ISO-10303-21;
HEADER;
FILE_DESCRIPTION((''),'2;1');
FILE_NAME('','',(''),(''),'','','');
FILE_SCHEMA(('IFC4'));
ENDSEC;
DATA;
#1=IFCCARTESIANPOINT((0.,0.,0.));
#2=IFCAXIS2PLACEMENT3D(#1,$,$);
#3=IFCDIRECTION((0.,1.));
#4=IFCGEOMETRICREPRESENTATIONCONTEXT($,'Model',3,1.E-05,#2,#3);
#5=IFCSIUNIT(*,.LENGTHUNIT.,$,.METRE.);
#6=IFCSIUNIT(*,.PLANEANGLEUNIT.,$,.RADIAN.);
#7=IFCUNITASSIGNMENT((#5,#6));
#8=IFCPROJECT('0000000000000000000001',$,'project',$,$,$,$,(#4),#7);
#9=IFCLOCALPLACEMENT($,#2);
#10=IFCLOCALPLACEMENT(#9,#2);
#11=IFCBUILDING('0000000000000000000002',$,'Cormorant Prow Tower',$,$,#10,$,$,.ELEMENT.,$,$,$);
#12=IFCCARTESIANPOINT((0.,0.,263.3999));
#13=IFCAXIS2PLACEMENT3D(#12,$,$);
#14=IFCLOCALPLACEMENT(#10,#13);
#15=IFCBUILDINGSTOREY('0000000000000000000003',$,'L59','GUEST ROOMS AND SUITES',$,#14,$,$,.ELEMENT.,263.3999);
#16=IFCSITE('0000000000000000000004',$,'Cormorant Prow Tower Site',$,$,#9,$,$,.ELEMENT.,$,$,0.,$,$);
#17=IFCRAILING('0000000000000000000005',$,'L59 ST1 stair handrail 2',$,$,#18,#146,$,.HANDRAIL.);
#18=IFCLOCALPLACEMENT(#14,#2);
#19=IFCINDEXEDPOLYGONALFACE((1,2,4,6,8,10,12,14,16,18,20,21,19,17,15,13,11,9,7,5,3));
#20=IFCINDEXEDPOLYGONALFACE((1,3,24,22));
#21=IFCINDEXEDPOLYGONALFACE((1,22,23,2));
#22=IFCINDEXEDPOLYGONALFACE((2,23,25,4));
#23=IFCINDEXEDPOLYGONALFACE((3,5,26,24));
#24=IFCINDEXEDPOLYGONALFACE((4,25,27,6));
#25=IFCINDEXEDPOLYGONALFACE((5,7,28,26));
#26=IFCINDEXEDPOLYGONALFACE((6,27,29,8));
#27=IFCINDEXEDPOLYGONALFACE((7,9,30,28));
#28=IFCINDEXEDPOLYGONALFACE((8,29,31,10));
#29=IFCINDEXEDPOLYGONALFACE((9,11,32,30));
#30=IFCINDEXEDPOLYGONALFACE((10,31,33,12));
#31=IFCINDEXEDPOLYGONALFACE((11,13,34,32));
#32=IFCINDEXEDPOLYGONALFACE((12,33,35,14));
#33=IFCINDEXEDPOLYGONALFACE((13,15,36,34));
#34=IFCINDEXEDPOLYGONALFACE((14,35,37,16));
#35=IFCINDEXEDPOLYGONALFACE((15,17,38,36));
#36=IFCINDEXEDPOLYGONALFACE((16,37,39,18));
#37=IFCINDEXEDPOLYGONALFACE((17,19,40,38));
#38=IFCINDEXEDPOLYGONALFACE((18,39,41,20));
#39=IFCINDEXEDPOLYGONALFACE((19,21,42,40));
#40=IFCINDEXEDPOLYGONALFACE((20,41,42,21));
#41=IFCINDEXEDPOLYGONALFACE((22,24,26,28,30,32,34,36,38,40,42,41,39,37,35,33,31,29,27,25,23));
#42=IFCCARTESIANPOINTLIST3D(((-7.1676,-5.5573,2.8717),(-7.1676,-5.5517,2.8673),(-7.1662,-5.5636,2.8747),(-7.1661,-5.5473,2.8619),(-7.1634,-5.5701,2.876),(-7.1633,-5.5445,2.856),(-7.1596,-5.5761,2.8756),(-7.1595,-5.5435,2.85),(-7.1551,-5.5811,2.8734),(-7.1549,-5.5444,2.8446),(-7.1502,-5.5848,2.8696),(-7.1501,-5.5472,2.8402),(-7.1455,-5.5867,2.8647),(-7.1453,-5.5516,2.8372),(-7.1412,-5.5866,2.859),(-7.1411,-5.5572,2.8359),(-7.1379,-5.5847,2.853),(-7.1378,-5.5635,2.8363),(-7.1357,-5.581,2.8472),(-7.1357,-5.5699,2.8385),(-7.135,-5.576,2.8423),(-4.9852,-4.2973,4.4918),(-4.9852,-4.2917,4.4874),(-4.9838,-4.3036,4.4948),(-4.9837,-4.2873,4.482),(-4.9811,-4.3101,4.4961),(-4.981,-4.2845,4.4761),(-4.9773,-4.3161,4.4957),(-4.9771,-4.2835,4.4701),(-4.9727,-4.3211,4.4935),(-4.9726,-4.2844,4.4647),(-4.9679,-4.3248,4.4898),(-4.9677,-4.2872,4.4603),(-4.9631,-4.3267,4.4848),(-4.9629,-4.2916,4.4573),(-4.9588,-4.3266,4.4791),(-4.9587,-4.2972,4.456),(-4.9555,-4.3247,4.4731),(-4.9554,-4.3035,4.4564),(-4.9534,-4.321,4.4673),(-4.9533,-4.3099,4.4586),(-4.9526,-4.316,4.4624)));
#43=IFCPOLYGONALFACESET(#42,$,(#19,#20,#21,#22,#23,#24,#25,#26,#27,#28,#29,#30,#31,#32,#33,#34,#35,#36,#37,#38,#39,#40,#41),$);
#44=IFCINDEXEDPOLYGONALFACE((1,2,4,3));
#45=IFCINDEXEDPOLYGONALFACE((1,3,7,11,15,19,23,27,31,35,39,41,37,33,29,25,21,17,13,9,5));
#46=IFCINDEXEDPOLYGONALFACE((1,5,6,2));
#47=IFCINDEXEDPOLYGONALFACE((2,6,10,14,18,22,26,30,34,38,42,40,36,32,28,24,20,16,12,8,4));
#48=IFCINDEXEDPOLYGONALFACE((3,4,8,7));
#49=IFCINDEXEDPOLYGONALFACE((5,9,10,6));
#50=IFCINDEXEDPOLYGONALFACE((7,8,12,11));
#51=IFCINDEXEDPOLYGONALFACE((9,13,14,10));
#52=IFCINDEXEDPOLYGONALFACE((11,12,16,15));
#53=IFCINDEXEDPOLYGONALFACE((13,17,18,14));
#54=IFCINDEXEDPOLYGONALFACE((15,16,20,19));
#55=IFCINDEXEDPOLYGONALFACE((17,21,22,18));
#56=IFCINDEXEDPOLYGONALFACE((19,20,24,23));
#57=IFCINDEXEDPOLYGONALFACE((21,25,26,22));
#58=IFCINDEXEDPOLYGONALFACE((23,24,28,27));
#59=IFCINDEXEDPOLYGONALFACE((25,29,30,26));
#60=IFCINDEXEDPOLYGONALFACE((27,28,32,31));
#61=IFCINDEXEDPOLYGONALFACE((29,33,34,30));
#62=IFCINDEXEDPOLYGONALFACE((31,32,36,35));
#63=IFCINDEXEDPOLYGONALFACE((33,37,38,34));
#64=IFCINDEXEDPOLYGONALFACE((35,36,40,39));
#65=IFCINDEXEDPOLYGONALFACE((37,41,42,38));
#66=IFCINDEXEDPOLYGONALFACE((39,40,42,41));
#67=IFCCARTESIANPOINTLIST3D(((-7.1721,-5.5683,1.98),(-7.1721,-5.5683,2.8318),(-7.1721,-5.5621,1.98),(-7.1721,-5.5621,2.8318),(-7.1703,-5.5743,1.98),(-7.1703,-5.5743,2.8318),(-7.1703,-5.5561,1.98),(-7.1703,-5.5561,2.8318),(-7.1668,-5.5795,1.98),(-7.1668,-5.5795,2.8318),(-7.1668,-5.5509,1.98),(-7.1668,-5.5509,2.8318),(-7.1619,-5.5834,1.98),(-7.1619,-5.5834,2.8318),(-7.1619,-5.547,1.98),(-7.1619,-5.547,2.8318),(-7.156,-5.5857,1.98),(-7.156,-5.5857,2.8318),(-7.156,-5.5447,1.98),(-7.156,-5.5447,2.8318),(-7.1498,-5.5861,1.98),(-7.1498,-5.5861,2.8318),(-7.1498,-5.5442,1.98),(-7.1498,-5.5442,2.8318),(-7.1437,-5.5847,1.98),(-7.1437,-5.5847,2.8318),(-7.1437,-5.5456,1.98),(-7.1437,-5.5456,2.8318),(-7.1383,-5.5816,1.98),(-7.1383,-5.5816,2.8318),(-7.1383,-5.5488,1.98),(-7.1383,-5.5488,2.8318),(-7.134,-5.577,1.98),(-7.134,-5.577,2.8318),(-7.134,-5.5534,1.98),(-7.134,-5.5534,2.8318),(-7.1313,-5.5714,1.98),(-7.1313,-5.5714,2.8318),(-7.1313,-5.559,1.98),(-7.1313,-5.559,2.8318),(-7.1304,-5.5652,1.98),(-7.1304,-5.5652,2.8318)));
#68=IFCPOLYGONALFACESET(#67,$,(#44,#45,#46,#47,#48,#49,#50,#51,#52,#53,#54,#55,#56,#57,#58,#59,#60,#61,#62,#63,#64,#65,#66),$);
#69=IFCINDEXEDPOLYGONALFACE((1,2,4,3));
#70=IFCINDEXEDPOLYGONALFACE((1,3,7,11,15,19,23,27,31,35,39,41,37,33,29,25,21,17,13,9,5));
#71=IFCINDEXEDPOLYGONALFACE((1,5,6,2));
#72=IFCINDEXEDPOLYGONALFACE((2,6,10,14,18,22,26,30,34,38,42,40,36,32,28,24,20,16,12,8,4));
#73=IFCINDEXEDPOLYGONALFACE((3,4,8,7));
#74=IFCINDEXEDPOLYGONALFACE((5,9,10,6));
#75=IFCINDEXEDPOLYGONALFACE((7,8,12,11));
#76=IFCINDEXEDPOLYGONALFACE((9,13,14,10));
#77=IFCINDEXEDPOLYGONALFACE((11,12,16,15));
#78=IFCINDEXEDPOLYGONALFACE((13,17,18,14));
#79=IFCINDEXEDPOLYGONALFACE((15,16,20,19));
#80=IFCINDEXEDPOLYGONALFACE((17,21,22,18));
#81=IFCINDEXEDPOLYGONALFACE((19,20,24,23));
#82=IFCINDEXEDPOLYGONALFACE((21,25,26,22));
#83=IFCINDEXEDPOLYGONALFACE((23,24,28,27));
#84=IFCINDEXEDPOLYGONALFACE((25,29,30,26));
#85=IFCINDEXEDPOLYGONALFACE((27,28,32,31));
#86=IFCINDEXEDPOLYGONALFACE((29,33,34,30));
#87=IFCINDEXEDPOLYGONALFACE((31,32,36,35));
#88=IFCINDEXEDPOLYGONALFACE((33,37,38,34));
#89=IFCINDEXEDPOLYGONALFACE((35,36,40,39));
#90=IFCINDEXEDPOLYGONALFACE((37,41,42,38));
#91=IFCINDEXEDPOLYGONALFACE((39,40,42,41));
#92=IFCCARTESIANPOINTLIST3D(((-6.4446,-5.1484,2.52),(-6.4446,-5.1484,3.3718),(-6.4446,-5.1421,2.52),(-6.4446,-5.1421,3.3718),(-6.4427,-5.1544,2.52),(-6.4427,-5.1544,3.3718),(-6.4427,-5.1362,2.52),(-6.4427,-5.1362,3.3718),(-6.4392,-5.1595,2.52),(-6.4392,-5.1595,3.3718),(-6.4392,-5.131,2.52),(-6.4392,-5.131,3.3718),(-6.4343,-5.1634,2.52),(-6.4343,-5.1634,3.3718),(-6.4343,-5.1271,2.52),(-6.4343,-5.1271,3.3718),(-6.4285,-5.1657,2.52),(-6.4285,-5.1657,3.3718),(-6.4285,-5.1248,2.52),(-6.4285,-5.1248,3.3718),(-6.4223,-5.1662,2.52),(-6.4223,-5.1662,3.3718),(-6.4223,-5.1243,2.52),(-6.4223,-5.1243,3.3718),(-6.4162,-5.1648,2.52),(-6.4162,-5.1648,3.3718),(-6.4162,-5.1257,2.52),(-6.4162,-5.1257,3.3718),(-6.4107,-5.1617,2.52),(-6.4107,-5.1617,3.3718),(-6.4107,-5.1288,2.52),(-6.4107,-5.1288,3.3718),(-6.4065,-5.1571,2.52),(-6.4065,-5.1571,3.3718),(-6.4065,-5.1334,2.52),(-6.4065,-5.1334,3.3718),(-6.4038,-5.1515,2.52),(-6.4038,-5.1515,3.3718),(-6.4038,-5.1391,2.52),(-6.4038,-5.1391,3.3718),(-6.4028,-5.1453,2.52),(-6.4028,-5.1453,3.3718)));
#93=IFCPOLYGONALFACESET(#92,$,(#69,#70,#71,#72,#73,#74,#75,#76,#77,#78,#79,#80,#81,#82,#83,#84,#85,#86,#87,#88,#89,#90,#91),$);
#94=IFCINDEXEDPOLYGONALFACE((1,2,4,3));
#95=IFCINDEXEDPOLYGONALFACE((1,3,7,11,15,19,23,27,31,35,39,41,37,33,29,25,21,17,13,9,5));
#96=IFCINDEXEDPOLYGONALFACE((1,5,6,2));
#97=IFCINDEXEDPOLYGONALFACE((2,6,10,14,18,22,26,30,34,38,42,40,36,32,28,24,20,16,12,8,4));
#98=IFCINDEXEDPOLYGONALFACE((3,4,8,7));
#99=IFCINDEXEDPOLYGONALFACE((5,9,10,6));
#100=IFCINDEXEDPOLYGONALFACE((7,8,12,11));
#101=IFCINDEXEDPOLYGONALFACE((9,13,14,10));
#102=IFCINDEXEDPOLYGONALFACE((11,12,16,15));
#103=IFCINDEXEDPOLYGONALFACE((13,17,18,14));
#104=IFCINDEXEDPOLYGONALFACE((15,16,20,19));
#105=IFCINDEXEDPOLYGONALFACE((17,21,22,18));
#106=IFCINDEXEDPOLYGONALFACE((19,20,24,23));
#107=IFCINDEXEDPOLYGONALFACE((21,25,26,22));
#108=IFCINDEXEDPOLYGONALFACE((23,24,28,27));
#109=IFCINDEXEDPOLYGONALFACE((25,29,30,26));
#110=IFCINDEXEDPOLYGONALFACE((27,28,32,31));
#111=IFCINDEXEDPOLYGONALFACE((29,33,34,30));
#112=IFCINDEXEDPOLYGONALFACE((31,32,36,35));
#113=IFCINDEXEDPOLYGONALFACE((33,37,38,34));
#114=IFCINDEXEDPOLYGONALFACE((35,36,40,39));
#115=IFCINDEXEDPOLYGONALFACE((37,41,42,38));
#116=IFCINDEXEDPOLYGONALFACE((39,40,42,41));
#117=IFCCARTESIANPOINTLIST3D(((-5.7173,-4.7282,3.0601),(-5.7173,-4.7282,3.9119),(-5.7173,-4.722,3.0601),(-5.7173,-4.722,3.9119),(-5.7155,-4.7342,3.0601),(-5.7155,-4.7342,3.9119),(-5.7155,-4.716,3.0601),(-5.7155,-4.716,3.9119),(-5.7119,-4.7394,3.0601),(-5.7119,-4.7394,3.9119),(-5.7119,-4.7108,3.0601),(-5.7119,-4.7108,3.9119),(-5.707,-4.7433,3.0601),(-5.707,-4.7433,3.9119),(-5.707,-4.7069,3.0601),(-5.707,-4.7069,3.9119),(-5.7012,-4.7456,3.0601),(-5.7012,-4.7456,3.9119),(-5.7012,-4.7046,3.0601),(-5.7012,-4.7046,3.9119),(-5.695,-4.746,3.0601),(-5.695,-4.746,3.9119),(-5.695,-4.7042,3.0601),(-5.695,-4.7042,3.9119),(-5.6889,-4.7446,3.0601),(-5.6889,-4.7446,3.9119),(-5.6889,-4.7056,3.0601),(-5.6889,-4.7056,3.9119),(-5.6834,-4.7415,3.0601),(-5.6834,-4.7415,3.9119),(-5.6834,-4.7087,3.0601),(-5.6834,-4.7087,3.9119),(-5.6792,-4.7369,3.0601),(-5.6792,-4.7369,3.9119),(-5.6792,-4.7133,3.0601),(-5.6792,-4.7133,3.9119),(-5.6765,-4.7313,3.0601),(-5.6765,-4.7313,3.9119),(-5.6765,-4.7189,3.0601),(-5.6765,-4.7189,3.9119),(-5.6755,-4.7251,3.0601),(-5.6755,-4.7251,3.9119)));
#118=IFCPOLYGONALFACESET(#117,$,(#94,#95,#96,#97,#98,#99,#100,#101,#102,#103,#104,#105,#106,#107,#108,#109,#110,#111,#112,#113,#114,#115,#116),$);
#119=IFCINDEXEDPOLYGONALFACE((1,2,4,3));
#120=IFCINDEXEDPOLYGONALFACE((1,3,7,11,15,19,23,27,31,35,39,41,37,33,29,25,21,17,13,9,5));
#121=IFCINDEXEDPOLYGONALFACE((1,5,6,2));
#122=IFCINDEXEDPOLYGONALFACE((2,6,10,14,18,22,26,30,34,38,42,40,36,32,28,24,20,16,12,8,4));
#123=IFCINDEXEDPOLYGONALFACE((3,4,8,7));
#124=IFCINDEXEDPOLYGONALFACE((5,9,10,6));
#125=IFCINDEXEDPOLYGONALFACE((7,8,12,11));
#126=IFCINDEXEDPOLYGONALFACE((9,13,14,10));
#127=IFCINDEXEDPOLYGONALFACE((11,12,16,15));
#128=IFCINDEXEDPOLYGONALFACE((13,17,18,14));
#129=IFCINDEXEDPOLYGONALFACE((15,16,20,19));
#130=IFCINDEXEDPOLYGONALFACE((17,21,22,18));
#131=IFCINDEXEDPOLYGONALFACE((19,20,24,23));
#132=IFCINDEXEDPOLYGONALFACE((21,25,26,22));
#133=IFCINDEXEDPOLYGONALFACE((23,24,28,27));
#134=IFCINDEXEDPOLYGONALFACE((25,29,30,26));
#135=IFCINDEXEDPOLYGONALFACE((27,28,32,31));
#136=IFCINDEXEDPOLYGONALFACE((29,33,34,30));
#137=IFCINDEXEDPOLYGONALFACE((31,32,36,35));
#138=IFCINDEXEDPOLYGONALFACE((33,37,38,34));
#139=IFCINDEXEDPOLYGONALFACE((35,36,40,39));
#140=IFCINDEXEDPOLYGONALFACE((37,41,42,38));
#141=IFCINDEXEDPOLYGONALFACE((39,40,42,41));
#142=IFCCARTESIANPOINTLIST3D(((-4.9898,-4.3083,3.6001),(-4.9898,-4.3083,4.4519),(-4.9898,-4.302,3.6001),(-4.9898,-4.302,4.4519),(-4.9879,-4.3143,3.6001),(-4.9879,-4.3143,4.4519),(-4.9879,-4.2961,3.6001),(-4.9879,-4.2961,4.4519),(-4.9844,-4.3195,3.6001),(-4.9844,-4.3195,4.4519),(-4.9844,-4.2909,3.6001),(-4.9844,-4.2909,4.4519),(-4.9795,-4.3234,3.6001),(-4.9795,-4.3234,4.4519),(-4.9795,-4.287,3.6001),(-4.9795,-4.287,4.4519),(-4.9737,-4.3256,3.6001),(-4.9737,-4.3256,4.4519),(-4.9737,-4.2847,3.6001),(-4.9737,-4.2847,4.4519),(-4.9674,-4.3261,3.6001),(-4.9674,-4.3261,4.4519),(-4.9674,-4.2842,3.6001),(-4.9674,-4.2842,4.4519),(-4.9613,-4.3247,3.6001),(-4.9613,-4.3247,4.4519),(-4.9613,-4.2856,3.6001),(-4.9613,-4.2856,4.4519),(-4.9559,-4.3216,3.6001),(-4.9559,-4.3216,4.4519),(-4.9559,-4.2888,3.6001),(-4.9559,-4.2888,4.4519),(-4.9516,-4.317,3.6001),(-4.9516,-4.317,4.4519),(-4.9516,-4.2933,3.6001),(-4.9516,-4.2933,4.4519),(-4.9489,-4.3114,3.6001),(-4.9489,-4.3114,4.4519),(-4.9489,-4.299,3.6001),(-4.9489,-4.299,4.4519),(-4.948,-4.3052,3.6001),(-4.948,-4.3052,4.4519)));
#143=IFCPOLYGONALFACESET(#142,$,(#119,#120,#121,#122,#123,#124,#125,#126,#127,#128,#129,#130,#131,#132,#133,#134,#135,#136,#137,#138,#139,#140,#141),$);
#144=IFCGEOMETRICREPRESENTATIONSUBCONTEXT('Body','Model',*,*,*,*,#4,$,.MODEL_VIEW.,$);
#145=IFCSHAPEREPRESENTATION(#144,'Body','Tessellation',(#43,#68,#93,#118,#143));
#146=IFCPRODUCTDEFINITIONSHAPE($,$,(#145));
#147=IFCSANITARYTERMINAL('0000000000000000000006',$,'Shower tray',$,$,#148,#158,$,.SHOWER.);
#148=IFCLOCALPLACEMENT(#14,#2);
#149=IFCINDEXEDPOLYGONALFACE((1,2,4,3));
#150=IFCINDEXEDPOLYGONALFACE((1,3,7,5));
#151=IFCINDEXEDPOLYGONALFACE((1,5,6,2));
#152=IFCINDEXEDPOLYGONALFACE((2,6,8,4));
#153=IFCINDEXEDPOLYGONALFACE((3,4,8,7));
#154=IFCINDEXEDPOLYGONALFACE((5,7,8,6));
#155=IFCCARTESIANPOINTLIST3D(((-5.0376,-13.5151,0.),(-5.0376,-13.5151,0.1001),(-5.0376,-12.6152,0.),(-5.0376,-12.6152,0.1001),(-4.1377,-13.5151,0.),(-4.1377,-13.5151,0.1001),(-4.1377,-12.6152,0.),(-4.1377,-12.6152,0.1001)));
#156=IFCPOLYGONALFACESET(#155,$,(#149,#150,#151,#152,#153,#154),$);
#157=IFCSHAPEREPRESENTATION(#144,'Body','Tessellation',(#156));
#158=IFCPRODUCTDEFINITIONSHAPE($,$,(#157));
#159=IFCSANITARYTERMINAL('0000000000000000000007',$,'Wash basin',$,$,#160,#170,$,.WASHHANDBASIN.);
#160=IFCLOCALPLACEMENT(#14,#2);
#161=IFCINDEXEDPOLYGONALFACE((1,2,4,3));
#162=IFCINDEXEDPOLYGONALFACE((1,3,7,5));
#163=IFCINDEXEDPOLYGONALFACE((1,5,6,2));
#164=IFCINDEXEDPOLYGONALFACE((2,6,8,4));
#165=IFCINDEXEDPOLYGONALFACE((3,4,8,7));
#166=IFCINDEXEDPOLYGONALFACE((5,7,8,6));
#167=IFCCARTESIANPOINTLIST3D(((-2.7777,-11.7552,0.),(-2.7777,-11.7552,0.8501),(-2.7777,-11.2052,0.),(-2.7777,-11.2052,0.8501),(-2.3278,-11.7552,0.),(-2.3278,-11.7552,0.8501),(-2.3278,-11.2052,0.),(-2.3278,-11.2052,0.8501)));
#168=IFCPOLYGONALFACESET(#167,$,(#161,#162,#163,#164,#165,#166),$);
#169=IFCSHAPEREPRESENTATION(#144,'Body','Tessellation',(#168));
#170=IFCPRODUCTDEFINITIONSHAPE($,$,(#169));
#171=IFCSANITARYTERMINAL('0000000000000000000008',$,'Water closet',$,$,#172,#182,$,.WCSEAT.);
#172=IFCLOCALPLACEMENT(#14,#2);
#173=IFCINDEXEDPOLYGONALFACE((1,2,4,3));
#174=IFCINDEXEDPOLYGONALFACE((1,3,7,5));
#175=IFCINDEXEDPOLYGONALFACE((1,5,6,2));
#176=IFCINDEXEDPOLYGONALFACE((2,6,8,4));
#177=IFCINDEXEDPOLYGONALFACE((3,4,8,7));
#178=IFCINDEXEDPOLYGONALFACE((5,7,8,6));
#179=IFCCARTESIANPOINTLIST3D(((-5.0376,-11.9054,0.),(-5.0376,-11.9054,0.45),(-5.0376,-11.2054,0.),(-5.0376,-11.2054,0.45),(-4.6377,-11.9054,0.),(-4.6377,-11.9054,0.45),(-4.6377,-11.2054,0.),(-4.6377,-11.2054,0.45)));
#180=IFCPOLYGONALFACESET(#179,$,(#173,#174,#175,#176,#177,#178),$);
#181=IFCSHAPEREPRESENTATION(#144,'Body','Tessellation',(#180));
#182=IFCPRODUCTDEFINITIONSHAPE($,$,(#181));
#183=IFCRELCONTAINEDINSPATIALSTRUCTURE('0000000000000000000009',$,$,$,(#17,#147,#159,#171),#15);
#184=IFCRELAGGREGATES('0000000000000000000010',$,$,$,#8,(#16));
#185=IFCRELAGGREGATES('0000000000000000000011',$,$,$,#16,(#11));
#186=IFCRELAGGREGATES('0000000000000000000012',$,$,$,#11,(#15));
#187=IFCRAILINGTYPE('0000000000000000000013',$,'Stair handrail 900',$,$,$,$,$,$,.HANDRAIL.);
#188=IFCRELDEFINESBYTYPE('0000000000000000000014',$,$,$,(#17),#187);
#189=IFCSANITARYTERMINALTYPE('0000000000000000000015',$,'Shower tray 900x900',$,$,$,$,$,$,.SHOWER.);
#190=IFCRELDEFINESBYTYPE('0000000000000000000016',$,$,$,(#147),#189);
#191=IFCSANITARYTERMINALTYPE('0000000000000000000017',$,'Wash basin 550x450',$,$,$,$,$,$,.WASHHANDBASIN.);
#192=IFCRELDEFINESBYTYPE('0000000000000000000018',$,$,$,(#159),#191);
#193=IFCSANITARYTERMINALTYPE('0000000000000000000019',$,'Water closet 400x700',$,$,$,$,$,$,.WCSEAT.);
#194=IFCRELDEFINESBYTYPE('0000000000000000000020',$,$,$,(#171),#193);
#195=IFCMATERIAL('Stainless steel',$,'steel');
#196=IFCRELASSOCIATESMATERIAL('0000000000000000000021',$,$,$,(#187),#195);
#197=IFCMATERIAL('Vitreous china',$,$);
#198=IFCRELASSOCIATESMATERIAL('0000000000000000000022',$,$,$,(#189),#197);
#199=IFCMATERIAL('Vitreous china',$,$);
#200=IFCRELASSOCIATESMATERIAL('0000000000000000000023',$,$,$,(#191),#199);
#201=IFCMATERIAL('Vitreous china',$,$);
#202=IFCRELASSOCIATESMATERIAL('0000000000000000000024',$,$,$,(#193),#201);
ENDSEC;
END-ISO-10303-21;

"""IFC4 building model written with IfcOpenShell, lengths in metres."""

from ifc_helpers import new_model, si_unit, direction, frame, origin, origin_2d, place, context, subcontext, project, spatial, rectangle, circle, extrude, material, type_object, element, save


model = new_model("IFC4")

# Units and contexts
model_context = context("Model", 3, precision=1e-05, world=origin(), true_north=direction((0.0, 1.0)))
body_context = subcontext(model_context, "Body", "Model", "MODEL_VIEW")
ifc_project = project(units=[si_unit("LENGTHUNIT", "METRE"), si_unit("PLANEANGLEUNIT", "RADIAN")], contexts=[model_context])

# Site, building, storey
site_placement = place(None, origin())
site = spatial("IfcSite", under=ifc_project, at=site_placement, Name="Cormorant Prow Tower Site", CompositionType="ELEMENT", RefElevation=0.0)
building_placement = place(site_placement, origin())
building = spatial("IfcBuilding", under=site, at=building_placement, Name="Cormorant Prow Tower", CompositionType="ELEMENT")
storey_placement = place(building_placement, frame((0.0, 0.0, 263.3999)))
storey = spatial("IfcBuildingStorey", under=building, at=storey_placement, Name="L59", Description="GUEST ROOMS AND SUITES", CompositionType="ELEMENT", Elevation=263.3999)

# Railing
ifc_material_1 = material(Name="Stainless steel", Category="steel")
railing_type_1 = type_object("IfcRailingType", Name="Stair handrail 900", PredefinedType="HANDRAIL", material=ifc_material_1)
railing_1_placement = place(storey_placement, frame((-7.1514, -5.5652, 1.98)))
element("IfcRailing", 1, at=railing_1_placement, inside=storey, type_object=railing_type_1, Name="L59 ST1 stair handrail 2", PredefinedType="HANDRAIL", context=body_context, shape_type="SweptSolid", body=[
    extrude(circle(Radius=0.0239, at=origin_2d()), frame((0.0, 0.0, 0.876), z_axis=(0.728464, 0.420584, 0.540786), x_axis=(-0.500005, 0.866023, 0.0)), (0.0, 0.0, 1.0), 2.9958),
    extrude(circle(Radius=0.021, at=origin_2d()), origin(), (0.0, 0.0, 1.0), 0.8518),
    extrude(circle(Radius=0.021, at=origin_2d()), frame((0.7275, 0.4199, 0.54)), (0.0, 0.0, 1.0), 0.8518),
    extrude(circle(Radius=0.021, at=origin_2d()), frame((1.4548, 0.8401, 1.0801)), (0.0, 0.0, 1.0), 0.8518),
    extrude(circle(Radius=0.021, at=origin_2d()), frame((2.1824, 1.26, 1.6201)), (0.0, 0.0, 1.0), 0.8518),
])

# Sanitary terminals
ifc_material_2 = material(Name="Vitreous china")
sanitary_terminal_type_1 = type_object("IfcSanitaryTerminalType", Name="Shower tray 900x900", PredefinedType="SHOWER", material=ifc_material_2)
sanitary_terminal_1_placement = place(storey_placement, frame((-4.5876, -13.0652, 0.0), z_axis=(0.0, 0.0, 1.0), x_axis=(0.0, 1.0, 0.0)))
element("IfcSanitaryTerminal", 2, at=sanitary_terminal_1_placement, inside=storey, type_object=sanitary_terminal_type_1, Name="Shower tray", PredefinedType="SHOWER", context=body_context, shape_type="SweptSolid", body=[
    extrude(rectangle(XDim=0.8999, YDim=0.8999, at=origin_2d()), origin(), (0.0, 0.0, 1.0), 0.1001),
])
ifc_material_3 = material(Name="Vitreous china")
sanitary_terminal_type_2 = type_object("IfcSanitaryTerminalType", Name="Wash basin 550x450", PredefinedType="WASHHANDBASIN", material=ifc_material_3)
sanitary_terminal_2_placement = place(storey_placement, frame((-2.5527, -11.4802, 0.0), z_axis=(0.0, 0.0, 1.0), x_axis=(0.0, -1.0, 0.0)))
element("IfcSanitaryTerminal", 3, at=sanitary_terminal_2_placement, inside=storey, type_object=sanitary_terminal_type_2, Name="Wash basin", PredefinedType="WASHHANDBASIN", context=body_context, shape_type="SweptSolid", body=[
    extrude(rectangle(XDim=0.55, YDim=0.45, at=origin_2d()), origin(), (0.0, 0.0, 1.0), 0.8501),
])
ifc_material_4 = material(Name="Vitreous china")
sanitary_terminal_type_3 = type_object("IfcSanitaryTerminalType", Name="Water closet 400x700", PredefinedType="WCSEAT", material=ifc_material_4)
sanitary_terminal_3_placement = place(storey_placement, frame((-4.8376, -11.5554, 0.0), z_axis=(0.0, 0.0, 1.0), x_axis=(1.0, 0.0, 0.0)))
element("IfcSanitaryTerminal", 4, at=sanitary_terminal_3_placement, inside=storey, type_object=sanitary_terminal_type_3, Name="Water closet", PredefinedType="WCSEAT", context=body_context, shape_type="SweptSolid", body=[
    extrude(rectangle(XDim=0.3999, YDim=0.7, at=origin_2d()), origin(), (0.0, 0.0, 1.0), 0.45),
])

save(model, "model.ifc")
